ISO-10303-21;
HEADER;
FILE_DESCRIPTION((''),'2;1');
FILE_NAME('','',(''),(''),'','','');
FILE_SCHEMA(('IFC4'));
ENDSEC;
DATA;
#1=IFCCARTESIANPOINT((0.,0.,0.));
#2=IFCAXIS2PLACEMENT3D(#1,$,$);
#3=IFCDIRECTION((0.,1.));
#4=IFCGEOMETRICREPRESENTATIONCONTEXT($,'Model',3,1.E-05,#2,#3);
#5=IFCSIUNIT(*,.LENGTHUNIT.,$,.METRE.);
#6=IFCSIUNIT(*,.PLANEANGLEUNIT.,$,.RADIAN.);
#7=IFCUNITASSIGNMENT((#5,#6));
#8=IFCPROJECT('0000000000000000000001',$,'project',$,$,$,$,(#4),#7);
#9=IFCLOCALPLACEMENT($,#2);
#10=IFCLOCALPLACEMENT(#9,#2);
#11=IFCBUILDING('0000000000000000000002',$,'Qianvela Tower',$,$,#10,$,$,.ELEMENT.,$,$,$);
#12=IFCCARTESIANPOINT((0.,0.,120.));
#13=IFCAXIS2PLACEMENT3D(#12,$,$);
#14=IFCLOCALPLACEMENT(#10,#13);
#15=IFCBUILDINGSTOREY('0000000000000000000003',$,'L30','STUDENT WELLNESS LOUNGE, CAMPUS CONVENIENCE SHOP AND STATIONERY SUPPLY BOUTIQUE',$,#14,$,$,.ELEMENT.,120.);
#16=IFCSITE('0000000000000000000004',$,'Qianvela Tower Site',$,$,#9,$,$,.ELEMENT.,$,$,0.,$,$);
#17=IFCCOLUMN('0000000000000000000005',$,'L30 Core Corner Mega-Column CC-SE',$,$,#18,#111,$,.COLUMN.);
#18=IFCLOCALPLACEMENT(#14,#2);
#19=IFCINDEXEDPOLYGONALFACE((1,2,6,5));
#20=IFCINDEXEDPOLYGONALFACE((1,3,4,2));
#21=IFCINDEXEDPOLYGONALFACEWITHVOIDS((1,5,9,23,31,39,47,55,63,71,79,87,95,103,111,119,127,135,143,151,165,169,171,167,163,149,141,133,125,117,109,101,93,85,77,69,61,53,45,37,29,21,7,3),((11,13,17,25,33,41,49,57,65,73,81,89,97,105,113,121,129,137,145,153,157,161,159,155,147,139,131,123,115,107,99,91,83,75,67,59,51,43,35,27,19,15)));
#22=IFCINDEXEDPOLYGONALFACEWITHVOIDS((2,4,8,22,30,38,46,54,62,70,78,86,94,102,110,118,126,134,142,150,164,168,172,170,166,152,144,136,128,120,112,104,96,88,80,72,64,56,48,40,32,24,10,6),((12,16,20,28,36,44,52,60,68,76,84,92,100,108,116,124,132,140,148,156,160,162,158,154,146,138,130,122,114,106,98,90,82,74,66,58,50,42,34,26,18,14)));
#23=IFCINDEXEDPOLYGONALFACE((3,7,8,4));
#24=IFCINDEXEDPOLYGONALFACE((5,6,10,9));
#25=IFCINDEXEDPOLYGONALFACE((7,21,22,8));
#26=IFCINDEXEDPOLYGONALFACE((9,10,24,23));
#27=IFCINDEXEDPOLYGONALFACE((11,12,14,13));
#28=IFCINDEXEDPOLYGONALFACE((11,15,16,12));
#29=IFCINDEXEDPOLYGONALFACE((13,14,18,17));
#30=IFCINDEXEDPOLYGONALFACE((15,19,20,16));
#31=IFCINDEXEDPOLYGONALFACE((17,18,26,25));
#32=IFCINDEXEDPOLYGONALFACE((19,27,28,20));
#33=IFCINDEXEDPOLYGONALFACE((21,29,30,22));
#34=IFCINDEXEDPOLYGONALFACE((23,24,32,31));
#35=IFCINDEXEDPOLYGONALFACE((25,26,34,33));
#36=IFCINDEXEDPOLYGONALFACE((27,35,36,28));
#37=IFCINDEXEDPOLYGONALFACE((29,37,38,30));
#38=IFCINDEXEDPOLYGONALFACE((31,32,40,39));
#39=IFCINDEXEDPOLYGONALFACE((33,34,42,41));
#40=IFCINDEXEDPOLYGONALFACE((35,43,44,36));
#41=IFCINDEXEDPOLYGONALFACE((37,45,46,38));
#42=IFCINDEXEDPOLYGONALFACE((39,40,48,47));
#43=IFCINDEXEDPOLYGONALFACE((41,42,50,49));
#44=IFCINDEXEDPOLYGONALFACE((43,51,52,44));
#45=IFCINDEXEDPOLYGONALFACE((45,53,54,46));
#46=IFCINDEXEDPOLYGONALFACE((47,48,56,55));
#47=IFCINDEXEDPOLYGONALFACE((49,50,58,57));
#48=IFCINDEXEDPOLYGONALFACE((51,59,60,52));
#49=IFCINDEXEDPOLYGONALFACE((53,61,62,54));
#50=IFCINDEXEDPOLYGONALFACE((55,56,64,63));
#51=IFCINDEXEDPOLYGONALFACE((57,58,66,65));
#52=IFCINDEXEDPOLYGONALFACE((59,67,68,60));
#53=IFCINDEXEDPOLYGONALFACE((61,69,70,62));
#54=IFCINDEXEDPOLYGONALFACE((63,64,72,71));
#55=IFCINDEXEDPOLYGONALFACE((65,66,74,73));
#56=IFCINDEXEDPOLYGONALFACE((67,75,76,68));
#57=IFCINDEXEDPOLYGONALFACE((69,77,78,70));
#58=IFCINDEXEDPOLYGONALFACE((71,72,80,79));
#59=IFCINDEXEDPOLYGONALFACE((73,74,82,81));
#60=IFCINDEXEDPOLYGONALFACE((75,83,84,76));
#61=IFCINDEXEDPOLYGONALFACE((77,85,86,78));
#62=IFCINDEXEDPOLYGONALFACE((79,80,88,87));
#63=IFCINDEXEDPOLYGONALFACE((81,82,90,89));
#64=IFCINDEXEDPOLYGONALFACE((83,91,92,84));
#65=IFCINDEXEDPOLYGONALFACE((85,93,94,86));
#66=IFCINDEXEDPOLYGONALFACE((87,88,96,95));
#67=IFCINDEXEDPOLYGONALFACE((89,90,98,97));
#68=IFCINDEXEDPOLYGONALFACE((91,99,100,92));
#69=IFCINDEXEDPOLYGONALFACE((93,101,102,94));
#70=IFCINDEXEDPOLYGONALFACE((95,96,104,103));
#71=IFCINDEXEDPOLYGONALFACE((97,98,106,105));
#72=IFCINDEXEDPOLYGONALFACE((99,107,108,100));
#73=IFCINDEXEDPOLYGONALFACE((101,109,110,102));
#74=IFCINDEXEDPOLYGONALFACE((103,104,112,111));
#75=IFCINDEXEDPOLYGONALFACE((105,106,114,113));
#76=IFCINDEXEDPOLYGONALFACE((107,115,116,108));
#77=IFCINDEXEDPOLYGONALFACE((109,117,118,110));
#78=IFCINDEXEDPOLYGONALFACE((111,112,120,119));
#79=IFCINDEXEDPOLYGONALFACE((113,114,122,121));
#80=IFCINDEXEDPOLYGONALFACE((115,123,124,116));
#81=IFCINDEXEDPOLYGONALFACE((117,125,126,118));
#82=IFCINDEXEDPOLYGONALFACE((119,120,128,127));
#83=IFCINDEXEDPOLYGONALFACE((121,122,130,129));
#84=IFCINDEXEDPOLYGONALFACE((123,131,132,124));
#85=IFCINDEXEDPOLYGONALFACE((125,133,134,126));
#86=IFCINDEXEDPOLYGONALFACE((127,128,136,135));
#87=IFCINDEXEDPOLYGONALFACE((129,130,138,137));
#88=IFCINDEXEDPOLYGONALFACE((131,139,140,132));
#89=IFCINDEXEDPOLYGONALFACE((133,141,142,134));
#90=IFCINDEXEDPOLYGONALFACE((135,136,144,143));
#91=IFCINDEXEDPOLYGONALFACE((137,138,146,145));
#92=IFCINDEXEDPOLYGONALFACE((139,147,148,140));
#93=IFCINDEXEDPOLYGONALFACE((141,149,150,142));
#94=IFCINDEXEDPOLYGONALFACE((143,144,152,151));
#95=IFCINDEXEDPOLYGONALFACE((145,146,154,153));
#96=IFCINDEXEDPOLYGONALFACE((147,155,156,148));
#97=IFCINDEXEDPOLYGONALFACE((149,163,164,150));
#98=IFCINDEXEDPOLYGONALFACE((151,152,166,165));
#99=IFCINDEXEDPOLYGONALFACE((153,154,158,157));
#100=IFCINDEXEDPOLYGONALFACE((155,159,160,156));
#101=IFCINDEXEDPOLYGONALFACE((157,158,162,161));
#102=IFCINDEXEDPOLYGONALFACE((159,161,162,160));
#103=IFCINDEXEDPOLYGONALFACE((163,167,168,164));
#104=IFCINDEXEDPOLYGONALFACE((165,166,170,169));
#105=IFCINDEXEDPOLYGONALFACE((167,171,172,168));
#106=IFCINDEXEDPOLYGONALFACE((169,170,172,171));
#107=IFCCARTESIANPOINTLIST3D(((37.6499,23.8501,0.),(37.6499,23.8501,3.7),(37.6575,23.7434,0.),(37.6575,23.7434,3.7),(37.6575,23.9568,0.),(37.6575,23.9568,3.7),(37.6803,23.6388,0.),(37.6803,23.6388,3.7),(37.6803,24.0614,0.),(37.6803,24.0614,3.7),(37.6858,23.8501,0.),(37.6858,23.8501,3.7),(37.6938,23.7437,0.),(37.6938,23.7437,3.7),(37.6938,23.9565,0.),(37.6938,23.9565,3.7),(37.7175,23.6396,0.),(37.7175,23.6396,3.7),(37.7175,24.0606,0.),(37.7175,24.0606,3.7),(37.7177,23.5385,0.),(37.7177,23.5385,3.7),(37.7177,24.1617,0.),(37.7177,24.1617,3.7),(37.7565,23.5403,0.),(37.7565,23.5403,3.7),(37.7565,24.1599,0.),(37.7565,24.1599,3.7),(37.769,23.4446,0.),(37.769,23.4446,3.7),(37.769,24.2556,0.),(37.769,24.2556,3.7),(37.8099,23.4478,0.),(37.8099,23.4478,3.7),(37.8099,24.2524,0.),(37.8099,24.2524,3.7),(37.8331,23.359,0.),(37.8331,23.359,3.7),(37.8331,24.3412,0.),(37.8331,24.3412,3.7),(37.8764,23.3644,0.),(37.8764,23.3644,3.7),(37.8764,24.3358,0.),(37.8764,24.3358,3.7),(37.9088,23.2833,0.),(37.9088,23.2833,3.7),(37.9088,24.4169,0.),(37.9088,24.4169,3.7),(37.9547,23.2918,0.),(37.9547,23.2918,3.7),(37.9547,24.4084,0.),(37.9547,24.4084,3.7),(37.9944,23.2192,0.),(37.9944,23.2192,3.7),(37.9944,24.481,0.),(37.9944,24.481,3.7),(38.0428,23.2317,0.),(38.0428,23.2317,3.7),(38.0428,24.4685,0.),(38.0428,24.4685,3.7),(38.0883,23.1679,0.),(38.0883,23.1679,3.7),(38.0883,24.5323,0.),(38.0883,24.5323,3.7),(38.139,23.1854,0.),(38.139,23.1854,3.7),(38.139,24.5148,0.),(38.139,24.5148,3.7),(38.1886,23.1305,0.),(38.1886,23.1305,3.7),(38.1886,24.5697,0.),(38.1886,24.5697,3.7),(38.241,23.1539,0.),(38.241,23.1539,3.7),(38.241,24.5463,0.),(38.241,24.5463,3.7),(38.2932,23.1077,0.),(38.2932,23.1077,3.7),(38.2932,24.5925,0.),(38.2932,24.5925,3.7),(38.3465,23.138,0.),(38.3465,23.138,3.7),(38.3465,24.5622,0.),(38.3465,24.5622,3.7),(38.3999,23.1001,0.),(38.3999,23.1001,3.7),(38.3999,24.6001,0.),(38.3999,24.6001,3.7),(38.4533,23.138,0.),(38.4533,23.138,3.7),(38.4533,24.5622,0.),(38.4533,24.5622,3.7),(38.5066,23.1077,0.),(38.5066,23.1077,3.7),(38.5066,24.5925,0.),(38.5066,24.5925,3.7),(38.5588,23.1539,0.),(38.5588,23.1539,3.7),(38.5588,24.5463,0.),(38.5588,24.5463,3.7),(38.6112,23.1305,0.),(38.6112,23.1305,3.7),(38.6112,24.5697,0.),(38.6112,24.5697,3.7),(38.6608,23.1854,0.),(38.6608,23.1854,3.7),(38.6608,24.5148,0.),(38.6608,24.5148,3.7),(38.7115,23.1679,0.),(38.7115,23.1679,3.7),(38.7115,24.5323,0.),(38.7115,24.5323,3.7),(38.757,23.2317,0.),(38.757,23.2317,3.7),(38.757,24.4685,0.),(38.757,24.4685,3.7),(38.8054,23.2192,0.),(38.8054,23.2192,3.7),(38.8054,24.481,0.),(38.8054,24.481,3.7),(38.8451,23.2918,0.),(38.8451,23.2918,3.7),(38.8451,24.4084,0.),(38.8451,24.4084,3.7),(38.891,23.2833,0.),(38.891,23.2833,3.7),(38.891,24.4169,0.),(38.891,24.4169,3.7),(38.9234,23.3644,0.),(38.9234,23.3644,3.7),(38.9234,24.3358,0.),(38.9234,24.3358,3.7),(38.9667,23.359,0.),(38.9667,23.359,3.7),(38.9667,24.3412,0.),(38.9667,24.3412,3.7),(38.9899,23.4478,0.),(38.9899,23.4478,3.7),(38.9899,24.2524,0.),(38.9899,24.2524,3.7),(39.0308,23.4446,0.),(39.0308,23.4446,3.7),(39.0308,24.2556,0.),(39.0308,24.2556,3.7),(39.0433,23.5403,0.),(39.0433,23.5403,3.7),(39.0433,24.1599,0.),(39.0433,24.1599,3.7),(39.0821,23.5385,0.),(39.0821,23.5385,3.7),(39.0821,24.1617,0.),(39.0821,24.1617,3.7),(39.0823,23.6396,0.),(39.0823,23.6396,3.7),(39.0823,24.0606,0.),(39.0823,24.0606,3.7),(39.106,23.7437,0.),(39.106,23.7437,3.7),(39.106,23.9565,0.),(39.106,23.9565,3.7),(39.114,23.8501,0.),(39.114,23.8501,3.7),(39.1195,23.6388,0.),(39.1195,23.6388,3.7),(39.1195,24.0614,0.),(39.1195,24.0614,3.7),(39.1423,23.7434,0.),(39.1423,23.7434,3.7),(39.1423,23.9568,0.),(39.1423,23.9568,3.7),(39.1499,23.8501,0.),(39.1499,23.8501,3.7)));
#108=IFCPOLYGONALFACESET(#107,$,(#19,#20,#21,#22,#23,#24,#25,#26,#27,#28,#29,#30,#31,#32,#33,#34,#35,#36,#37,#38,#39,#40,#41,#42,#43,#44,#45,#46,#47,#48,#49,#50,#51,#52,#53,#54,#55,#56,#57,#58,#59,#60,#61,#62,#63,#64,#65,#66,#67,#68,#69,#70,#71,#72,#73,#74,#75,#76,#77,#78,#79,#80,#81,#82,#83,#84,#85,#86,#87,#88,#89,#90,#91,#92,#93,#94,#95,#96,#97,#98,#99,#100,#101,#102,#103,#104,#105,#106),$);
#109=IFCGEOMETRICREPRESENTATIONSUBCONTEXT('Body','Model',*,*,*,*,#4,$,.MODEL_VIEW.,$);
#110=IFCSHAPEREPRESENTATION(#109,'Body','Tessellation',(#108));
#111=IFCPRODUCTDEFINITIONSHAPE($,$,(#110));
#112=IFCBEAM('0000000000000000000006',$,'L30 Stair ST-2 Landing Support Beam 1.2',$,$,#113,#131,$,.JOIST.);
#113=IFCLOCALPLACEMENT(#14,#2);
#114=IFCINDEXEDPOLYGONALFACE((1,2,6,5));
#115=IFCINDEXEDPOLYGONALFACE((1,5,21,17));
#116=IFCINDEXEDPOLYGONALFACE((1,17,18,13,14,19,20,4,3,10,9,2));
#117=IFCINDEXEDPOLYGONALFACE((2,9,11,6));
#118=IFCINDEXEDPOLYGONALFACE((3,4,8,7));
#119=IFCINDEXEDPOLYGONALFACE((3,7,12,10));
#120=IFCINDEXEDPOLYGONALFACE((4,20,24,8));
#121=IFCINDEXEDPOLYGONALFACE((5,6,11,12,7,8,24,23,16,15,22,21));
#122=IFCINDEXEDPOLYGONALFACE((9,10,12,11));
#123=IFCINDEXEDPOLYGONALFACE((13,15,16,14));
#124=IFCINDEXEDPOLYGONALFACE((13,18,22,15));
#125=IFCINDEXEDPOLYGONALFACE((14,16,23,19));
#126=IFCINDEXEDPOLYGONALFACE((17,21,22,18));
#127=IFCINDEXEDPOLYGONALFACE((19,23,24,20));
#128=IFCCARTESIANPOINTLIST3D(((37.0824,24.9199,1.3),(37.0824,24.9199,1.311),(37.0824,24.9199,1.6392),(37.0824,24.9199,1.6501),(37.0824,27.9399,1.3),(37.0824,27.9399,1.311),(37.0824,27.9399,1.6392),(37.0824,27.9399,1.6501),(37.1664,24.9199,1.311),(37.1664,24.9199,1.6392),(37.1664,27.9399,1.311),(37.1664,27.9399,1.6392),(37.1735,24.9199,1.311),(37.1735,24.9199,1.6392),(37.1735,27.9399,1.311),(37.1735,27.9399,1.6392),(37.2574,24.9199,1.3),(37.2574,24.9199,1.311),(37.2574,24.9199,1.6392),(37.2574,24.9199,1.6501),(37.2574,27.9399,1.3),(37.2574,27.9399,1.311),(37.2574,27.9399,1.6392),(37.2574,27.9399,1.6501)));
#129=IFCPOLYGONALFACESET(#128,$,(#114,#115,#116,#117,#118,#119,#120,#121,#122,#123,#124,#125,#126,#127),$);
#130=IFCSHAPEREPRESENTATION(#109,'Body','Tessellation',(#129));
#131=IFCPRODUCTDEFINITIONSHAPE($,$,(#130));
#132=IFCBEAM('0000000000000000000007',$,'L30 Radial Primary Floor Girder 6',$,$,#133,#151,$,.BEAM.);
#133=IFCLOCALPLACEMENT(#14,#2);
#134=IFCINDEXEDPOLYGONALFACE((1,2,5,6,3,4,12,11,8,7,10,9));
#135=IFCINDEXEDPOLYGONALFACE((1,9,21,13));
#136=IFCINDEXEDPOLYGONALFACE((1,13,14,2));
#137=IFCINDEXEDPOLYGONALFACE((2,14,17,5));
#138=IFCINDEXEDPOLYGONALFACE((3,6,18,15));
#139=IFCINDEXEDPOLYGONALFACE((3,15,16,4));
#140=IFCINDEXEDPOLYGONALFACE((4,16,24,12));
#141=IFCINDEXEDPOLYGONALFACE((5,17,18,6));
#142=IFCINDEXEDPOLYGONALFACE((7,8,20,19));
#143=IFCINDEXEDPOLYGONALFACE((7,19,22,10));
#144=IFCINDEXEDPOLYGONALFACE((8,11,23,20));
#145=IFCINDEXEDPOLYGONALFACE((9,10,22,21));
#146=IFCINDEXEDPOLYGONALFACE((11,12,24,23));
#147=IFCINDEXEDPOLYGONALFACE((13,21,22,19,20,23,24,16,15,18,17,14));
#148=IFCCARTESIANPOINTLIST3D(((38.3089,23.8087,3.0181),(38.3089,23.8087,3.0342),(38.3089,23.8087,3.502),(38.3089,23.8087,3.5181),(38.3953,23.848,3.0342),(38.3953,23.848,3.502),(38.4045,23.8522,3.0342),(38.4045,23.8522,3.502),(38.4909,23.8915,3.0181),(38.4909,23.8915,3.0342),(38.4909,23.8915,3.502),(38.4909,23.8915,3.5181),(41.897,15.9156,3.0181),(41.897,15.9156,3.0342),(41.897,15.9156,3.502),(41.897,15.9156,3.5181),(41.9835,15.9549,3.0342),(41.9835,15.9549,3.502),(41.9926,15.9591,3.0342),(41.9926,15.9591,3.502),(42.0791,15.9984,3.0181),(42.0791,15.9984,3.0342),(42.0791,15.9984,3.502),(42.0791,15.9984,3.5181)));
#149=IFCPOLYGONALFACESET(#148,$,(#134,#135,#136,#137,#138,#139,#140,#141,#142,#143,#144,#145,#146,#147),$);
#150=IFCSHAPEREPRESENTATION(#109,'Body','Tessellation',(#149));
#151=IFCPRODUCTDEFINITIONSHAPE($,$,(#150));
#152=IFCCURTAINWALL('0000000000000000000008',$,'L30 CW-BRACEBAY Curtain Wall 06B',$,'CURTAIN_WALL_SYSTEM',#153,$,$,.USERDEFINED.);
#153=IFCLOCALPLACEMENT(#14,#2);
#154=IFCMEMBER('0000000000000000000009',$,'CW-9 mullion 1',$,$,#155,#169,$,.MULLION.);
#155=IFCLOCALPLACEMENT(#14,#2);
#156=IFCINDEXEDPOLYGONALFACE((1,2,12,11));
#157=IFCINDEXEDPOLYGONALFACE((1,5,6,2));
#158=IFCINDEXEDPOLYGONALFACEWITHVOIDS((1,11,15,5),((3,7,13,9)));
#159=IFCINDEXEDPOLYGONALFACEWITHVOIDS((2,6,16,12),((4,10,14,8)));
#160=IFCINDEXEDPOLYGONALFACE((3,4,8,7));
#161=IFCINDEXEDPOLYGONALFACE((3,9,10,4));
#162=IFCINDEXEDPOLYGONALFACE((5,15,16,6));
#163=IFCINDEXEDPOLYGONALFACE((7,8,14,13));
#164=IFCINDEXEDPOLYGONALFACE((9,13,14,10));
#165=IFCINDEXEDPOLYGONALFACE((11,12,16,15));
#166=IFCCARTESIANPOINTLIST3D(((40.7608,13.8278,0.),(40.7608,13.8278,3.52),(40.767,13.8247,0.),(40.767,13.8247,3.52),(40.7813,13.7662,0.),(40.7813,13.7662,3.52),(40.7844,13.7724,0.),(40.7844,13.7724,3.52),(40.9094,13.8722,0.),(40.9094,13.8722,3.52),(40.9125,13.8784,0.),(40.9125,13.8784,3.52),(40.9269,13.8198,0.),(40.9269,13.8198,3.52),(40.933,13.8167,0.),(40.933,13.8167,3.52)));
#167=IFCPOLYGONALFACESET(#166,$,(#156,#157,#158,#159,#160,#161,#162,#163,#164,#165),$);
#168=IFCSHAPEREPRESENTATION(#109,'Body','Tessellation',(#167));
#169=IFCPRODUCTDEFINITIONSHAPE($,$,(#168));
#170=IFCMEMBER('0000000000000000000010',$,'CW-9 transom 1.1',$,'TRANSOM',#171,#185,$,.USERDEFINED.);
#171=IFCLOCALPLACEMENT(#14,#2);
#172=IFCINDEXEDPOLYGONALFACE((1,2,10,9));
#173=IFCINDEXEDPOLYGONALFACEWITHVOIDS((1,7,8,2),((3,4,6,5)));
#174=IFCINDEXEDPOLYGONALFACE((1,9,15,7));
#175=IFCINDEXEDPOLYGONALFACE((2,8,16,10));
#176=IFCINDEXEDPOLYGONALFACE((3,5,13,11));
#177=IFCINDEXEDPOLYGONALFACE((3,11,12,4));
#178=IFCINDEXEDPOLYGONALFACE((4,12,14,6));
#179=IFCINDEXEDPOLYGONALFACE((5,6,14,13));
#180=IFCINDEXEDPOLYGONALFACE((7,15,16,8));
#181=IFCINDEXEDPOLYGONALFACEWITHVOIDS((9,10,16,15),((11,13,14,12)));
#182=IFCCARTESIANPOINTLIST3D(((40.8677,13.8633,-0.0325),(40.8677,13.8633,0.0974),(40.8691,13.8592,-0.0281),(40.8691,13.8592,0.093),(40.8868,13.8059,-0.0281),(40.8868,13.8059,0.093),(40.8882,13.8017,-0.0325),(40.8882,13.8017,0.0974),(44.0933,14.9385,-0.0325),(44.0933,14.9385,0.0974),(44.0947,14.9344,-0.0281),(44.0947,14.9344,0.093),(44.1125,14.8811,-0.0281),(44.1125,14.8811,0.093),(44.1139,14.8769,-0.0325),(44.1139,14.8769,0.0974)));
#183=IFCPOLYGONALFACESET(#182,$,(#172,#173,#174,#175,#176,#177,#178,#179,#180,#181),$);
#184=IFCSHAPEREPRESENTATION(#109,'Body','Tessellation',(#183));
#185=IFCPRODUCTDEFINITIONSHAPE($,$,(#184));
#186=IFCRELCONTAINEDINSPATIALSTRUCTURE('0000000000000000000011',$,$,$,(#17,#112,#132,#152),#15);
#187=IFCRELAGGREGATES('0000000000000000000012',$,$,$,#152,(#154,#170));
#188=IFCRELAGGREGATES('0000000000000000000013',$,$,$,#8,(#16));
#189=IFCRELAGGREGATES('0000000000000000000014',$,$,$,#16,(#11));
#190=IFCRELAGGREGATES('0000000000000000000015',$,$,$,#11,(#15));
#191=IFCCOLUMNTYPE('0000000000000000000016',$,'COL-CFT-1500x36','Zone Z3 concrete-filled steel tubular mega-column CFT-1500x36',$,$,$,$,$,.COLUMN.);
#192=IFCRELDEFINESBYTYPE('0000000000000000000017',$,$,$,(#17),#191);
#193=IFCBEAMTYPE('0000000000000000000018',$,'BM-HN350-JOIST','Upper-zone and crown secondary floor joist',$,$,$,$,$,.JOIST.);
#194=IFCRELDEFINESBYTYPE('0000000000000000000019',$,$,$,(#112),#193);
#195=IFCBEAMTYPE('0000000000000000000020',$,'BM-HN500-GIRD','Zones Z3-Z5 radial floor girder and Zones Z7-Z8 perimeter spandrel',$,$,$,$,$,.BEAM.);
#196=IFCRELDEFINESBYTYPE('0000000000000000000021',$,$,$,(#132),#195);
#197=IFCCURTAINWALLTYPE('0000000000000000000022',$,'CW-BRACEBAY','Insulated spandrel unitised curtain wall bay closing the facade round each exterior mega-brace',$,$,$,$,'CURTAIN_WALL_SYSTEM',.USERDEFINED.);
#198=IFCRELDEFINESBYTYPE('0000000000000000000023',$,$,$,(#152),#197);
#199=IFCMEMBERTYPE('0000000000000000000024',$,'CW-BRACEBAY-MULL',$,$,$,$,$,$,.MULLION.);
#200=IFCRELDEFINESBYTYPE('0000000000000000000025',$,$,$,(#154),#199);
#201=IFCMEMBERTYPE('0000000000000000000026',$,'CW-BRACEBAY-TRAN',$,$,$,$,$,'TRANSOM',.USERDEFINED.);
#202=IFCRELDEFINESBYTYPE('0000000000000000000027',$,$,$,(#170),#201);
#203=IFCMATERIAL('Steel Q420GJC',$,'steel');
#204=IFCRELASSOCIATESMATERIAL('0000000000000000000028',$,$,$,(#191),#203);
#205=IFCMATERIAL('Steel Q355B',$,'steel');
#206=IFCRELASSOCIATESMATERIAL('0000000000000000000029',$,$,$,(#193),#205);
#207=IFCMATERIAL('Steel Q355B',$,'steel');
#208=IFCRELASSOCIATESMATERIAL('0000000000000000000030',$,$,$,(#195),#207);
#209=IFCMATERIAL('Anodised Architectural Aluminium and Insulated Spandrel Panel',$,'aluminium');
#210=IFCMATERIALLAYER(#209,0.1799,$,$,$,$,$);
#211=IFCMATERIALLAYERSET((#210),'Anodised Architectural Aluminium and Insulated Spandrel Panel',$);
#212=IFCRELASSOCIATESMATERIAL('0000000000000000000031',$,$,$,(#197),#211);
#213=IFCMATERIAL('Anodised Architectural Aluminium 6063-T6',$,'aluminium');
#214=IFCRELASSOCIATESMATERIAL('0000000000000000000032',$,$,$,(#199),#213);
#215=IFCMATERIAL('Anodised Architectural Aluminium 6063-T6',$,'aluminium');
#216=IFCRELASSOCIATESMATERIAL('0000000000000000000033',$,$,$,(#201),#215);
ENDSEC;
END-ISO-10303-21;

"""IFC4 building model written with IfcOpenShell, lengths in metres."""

from ifc_helpers import new_model, si_unit, direction, frame, origin, origin_2d, place, context, subcontext, project, spatial, hollow_rectangle, hollow_circle, i_section, extrude, material, layer, layer_set, material_profile, profile_set, type_object, element, aggregate, save


model = new_model("IFC4")

# Units and contexts
model_context = context("Model", 3, precision=1e-05, world=origin(), true_north=direction((0.0, 1.0)))
body_context = subcontext(model_context, "Body", "Model", "MODEL_VIEW")
ifc_project = project(units=[si_unit("LENGTHUNIT", "METRE"), si_unit("PLANEANGLEUNIT", "RADIAN")], contexts=[model_context])

# Site, building, storey
site_placement = place(None, origin())
site = spatial("IfcSite", under=ifc_project, at=site_placement, Name="Qianvela Tower Site", CompositionType="ELEMENT", RefElevation=0.0)
building_placement = place(site_placement, origin())
building = spatial("IfcBuilding", under=site, at=building_placement, Name="Qianvela Tower", CompositionType="ELEMENT")
storey_placement = place(building_placement, frame((0.0, 0.0, 120.0)))
storey = spatial("IfcBuildingStorey", under=building, at=storey_placement, Name="L30", Description="STUDENT WELLNESS LOUNGE, CAMPUS CONVENIENCE SHOP AND STATIONERY SUPPLY BOUTIQUE", CompositionType="ELEMENT", Elevation=120.0)

# Column
ifc_material_1 = material(Name="Steel Q420GJC", Category="steel")
ifc_material_profile_1 = material_profile(ifc_material_1, hollow_circle(Radius=0.75, WallThickness=0.0359, at=origin_2d()), Name="CFT-1500x36")
ifc_profile_set_1 = profile_set([ifc_material_profile_1], Name="Steel Q420GJC")
column_type = type_object("IfcColumnType", Name="COL-CFT-1500x36", Description="Zone Z3 concrete-filled steel tubular mega-column CFT-1500x36", PredefinedType="COLUMN", material=ifc_profile_set_1)
column_placement = place(storey_placement, frame((38.3999, 23.8501, 0.0), z_axis=(0.0, 0.0, 1.0), x_axis=(1.0, 0.0, 0.0)))
element("IfcColumn", 1, at=column_placement, inside=storey, type_object=column_type, Name="L30 Core Corner Mega-Column CC-SE", PredefinedType="COLUMN", context=body_context, shape_type="SweptSolid", body=[
    extrude(hollow_circle(Radius=0.75, WallThickness=0.0359, at=origin_2d()), origin(), (0.0, 0.0, 1.0), 3.7),
])

# Beams
ifc_material_2 = material(Name="Steel Q355B", Category="steel")
ifc_material_profile_2 = material_profile(ifc_material_2, i_section(OverallWidth=0.175, OverallDepth=0.3501, WebThickness=0.0071, FlangeThickness=0.011, at=origin_2d()), Name="HN350x175x7x11")
ifc_profile_set_2 = profile_set([ifc_material_profile_2], Name="Steel Q355B")
beam_type_1 = type_object("IfcBeamType", Name="BM-HN350-JOIST", Description="Upper-zone and crown secondary floor joist", PredefinedType="JOIST", material=ifc_profile_set_2)
beam_1_placement = place(storey_placement, frame((37.1699, 24.9199, 1.4751), z_axis=(0.0, 1.0, 0.0), x_axis=(-1.0, 0.0, 0.0)))
element("IfcBeam", 2, at=beam_1_placement, inside=storey, type_object=beam_type_1, Name="L30 Stair ST-2 Landing Support Beam 1.2", PredefinedType="JOIST", context=body_context, shape_type="SweptSolid", body=[
    extrude(i_section(OverallWidth=0.175, OverallDepth=0.3501, WebThickness=0.0071, FlangeThickness=0.011, at=origin_2d()), origin(), (0.0, 0.0, 1.0), 3.02),
])
ifc_material_3 = material(Name="Steel Q355B", Category="steel")
ifc_material_profile_3 = material_profile(ifc_material_3, i_section(OverallWidth=0.2, OverallDepth=0.5, WebThickness=0.01, FlangeThickness=0.0161, at=origin_2d()), Name="HN500x200x10x16")
ifc_profile_set_3 = profile_set([ifc_material_profile_3], Name="Steel Q355B")
beam_type_2 = type_object("IfcBeamType", Name="BM-HN500-GIRD", Description="Zones Z3-Z5 radial floor girder and Zones Z7-Z8 perimeter spandrel", PredefinedType="BEAM", material=ifc_profile_set_3)
beam_2_placement = place(storey_placement, frame((38.3999, 23.8501, 3.2681), z_axis=(0.413839, -0.91035, 0.0), x_axis=(0.91035, 0.413839, 0.0)))
element("IfcBeam", 3, at=beam_2_placement, inside=storey, type_object=beam_type_2, Name="L30 Radial Primary Floor Girder 6", PredefinedType="BEAM", context=body_context, shape_type="SweptSolid", body=[
    extrude(i_section(OverallWidth=0.2, OverallDepth=0.5, WebThickness=0.01, FlangeThickness=0.0161, at=origin_2d()), origin(), (0.0, 0.0, 1.0), 8.6704),
])

# Curtain wall, members
ifc_material_4 = material(Name="Anodised Architectural Aluminium and Insulated Spandrel Panel", Category="aluminium")
ifc_layer_1 = layer(ifc_material_4, 0.1799)
ifc_layer_set_1 = layer_set([ifc_layer_1], Name="Anodised Architectural Aluminium and Insulated Spandrel Panel")
curtain_wall_type_1 = type_object("IfcCurtainWallType", Name="CW-BRACEBAY", Description="Insulated spandrel unitised curtain wall bay closing the facade round each exterior mega-brace", ElementType="CURTAIN_WALL_SYSTEM", PredefinedType="USERDEFINED", material=ifc_layer_set_1)
curtain_wall_1_placement = place(storey_placement, origin())
curtain_wall_1 = element("IfcCurtainWall", 4, at=curtain_wall_1_placement, inside=storey, type_object=curtain_wall_type_1, Name="L30 CW-BRACEBAY Curtain Wall 06B", ObjectType="CURTAIN_WALL_SYSTEM", PredefinedType="USERDEFINED")
ifc_material_5 = material(Name="Anodised Architectural Aluminium 6063-T6", Category="aluminium")
ifc_material_profile_4 = material_profile(ifc_material_5, hollow_rectangle(XDim=0.0649, YDim=0.1599, WallThickness=0.0049, at=origin_2d()), Name="ALU-MULL-65x160")
ifc_profile_set_4 = profile_set([ifc_material_profile_4], Name="Anodised Architectural Aluminium 6063-T6")
member_type_1 = type_object("IfcMemberType", Name="CW-BRACEBAY-MULL", PredefinedType="MULLION", material=ifc_profile_set_4)
member_1_placement = place(storey_placement, frame((40.8469, 13.8223, 0.0), z_axis=(0.0, 0.0, 1.0), x_axis=(-0.316202, 0.948692, 0.0)))
member_1 = element("IfcMember", 5, at=member_1_placement, type_object=member_type_1, Name="CW-9 mullion 1", PredefinedType="MULLION", context=body_context, shape_type="SweptSolid", body=[
    extrude(hollow_rectangle(XDim=0.0649, YDim=0.1599, WallThickness=0.0049, at=origin_2d()), origin(), (0.0, 0.0, 1.0), 3.52),
])
ifc_material_6 = material(Name="Anodised Architectural Aluminium 6063-T6", Category="aluminium")
ifc_material_profile_5 = material_profile(ifc_material_6, hollow_rectangle(XDim=0.0649, YDim=0.1299, WallThickness=0.0044, at=origin_2d()), Name="ALU-TRAN-65x130")
ifc_profile_set_5 = profile_set([ifc_material_profile_5], Name="Anodised Architectural Aluminium 6063-T6")
member_type_2 = type_object("IfcMemberType", Name="CW-BRACEBAY-TRAN", ElementType="TRANSOM", PredefinedType="USERDEFINED", material=ifc_profile_set_5)
member_2_placement = place(storey_placement, frame((40.8779, 13.8325, 0.0325), z_axis=(0.948683, 0.316228, 0.0), x_axis=(-0.316228, 0.948683, 0.0)))
member_2 = element("IfcMember", 6, at=member_2_placement, type_object=member_type_2, Name="CW-9 transom 1.1", ObjectType="TRANSOM", PredefinedType="USERDEFINED", context=body_context, shape_type="SweptSolid", body=[
    extrude(hollow_rectangle(XDim=0.0649, YDim=0.1299, WallThickness=0.0044, at=origin_2d()), origin(), (0.0, 0.0, 1.0), 3.4001),
])
aggregate(curtain_wall_1, [member_1, member_2])

save(model, "model.ifc")
